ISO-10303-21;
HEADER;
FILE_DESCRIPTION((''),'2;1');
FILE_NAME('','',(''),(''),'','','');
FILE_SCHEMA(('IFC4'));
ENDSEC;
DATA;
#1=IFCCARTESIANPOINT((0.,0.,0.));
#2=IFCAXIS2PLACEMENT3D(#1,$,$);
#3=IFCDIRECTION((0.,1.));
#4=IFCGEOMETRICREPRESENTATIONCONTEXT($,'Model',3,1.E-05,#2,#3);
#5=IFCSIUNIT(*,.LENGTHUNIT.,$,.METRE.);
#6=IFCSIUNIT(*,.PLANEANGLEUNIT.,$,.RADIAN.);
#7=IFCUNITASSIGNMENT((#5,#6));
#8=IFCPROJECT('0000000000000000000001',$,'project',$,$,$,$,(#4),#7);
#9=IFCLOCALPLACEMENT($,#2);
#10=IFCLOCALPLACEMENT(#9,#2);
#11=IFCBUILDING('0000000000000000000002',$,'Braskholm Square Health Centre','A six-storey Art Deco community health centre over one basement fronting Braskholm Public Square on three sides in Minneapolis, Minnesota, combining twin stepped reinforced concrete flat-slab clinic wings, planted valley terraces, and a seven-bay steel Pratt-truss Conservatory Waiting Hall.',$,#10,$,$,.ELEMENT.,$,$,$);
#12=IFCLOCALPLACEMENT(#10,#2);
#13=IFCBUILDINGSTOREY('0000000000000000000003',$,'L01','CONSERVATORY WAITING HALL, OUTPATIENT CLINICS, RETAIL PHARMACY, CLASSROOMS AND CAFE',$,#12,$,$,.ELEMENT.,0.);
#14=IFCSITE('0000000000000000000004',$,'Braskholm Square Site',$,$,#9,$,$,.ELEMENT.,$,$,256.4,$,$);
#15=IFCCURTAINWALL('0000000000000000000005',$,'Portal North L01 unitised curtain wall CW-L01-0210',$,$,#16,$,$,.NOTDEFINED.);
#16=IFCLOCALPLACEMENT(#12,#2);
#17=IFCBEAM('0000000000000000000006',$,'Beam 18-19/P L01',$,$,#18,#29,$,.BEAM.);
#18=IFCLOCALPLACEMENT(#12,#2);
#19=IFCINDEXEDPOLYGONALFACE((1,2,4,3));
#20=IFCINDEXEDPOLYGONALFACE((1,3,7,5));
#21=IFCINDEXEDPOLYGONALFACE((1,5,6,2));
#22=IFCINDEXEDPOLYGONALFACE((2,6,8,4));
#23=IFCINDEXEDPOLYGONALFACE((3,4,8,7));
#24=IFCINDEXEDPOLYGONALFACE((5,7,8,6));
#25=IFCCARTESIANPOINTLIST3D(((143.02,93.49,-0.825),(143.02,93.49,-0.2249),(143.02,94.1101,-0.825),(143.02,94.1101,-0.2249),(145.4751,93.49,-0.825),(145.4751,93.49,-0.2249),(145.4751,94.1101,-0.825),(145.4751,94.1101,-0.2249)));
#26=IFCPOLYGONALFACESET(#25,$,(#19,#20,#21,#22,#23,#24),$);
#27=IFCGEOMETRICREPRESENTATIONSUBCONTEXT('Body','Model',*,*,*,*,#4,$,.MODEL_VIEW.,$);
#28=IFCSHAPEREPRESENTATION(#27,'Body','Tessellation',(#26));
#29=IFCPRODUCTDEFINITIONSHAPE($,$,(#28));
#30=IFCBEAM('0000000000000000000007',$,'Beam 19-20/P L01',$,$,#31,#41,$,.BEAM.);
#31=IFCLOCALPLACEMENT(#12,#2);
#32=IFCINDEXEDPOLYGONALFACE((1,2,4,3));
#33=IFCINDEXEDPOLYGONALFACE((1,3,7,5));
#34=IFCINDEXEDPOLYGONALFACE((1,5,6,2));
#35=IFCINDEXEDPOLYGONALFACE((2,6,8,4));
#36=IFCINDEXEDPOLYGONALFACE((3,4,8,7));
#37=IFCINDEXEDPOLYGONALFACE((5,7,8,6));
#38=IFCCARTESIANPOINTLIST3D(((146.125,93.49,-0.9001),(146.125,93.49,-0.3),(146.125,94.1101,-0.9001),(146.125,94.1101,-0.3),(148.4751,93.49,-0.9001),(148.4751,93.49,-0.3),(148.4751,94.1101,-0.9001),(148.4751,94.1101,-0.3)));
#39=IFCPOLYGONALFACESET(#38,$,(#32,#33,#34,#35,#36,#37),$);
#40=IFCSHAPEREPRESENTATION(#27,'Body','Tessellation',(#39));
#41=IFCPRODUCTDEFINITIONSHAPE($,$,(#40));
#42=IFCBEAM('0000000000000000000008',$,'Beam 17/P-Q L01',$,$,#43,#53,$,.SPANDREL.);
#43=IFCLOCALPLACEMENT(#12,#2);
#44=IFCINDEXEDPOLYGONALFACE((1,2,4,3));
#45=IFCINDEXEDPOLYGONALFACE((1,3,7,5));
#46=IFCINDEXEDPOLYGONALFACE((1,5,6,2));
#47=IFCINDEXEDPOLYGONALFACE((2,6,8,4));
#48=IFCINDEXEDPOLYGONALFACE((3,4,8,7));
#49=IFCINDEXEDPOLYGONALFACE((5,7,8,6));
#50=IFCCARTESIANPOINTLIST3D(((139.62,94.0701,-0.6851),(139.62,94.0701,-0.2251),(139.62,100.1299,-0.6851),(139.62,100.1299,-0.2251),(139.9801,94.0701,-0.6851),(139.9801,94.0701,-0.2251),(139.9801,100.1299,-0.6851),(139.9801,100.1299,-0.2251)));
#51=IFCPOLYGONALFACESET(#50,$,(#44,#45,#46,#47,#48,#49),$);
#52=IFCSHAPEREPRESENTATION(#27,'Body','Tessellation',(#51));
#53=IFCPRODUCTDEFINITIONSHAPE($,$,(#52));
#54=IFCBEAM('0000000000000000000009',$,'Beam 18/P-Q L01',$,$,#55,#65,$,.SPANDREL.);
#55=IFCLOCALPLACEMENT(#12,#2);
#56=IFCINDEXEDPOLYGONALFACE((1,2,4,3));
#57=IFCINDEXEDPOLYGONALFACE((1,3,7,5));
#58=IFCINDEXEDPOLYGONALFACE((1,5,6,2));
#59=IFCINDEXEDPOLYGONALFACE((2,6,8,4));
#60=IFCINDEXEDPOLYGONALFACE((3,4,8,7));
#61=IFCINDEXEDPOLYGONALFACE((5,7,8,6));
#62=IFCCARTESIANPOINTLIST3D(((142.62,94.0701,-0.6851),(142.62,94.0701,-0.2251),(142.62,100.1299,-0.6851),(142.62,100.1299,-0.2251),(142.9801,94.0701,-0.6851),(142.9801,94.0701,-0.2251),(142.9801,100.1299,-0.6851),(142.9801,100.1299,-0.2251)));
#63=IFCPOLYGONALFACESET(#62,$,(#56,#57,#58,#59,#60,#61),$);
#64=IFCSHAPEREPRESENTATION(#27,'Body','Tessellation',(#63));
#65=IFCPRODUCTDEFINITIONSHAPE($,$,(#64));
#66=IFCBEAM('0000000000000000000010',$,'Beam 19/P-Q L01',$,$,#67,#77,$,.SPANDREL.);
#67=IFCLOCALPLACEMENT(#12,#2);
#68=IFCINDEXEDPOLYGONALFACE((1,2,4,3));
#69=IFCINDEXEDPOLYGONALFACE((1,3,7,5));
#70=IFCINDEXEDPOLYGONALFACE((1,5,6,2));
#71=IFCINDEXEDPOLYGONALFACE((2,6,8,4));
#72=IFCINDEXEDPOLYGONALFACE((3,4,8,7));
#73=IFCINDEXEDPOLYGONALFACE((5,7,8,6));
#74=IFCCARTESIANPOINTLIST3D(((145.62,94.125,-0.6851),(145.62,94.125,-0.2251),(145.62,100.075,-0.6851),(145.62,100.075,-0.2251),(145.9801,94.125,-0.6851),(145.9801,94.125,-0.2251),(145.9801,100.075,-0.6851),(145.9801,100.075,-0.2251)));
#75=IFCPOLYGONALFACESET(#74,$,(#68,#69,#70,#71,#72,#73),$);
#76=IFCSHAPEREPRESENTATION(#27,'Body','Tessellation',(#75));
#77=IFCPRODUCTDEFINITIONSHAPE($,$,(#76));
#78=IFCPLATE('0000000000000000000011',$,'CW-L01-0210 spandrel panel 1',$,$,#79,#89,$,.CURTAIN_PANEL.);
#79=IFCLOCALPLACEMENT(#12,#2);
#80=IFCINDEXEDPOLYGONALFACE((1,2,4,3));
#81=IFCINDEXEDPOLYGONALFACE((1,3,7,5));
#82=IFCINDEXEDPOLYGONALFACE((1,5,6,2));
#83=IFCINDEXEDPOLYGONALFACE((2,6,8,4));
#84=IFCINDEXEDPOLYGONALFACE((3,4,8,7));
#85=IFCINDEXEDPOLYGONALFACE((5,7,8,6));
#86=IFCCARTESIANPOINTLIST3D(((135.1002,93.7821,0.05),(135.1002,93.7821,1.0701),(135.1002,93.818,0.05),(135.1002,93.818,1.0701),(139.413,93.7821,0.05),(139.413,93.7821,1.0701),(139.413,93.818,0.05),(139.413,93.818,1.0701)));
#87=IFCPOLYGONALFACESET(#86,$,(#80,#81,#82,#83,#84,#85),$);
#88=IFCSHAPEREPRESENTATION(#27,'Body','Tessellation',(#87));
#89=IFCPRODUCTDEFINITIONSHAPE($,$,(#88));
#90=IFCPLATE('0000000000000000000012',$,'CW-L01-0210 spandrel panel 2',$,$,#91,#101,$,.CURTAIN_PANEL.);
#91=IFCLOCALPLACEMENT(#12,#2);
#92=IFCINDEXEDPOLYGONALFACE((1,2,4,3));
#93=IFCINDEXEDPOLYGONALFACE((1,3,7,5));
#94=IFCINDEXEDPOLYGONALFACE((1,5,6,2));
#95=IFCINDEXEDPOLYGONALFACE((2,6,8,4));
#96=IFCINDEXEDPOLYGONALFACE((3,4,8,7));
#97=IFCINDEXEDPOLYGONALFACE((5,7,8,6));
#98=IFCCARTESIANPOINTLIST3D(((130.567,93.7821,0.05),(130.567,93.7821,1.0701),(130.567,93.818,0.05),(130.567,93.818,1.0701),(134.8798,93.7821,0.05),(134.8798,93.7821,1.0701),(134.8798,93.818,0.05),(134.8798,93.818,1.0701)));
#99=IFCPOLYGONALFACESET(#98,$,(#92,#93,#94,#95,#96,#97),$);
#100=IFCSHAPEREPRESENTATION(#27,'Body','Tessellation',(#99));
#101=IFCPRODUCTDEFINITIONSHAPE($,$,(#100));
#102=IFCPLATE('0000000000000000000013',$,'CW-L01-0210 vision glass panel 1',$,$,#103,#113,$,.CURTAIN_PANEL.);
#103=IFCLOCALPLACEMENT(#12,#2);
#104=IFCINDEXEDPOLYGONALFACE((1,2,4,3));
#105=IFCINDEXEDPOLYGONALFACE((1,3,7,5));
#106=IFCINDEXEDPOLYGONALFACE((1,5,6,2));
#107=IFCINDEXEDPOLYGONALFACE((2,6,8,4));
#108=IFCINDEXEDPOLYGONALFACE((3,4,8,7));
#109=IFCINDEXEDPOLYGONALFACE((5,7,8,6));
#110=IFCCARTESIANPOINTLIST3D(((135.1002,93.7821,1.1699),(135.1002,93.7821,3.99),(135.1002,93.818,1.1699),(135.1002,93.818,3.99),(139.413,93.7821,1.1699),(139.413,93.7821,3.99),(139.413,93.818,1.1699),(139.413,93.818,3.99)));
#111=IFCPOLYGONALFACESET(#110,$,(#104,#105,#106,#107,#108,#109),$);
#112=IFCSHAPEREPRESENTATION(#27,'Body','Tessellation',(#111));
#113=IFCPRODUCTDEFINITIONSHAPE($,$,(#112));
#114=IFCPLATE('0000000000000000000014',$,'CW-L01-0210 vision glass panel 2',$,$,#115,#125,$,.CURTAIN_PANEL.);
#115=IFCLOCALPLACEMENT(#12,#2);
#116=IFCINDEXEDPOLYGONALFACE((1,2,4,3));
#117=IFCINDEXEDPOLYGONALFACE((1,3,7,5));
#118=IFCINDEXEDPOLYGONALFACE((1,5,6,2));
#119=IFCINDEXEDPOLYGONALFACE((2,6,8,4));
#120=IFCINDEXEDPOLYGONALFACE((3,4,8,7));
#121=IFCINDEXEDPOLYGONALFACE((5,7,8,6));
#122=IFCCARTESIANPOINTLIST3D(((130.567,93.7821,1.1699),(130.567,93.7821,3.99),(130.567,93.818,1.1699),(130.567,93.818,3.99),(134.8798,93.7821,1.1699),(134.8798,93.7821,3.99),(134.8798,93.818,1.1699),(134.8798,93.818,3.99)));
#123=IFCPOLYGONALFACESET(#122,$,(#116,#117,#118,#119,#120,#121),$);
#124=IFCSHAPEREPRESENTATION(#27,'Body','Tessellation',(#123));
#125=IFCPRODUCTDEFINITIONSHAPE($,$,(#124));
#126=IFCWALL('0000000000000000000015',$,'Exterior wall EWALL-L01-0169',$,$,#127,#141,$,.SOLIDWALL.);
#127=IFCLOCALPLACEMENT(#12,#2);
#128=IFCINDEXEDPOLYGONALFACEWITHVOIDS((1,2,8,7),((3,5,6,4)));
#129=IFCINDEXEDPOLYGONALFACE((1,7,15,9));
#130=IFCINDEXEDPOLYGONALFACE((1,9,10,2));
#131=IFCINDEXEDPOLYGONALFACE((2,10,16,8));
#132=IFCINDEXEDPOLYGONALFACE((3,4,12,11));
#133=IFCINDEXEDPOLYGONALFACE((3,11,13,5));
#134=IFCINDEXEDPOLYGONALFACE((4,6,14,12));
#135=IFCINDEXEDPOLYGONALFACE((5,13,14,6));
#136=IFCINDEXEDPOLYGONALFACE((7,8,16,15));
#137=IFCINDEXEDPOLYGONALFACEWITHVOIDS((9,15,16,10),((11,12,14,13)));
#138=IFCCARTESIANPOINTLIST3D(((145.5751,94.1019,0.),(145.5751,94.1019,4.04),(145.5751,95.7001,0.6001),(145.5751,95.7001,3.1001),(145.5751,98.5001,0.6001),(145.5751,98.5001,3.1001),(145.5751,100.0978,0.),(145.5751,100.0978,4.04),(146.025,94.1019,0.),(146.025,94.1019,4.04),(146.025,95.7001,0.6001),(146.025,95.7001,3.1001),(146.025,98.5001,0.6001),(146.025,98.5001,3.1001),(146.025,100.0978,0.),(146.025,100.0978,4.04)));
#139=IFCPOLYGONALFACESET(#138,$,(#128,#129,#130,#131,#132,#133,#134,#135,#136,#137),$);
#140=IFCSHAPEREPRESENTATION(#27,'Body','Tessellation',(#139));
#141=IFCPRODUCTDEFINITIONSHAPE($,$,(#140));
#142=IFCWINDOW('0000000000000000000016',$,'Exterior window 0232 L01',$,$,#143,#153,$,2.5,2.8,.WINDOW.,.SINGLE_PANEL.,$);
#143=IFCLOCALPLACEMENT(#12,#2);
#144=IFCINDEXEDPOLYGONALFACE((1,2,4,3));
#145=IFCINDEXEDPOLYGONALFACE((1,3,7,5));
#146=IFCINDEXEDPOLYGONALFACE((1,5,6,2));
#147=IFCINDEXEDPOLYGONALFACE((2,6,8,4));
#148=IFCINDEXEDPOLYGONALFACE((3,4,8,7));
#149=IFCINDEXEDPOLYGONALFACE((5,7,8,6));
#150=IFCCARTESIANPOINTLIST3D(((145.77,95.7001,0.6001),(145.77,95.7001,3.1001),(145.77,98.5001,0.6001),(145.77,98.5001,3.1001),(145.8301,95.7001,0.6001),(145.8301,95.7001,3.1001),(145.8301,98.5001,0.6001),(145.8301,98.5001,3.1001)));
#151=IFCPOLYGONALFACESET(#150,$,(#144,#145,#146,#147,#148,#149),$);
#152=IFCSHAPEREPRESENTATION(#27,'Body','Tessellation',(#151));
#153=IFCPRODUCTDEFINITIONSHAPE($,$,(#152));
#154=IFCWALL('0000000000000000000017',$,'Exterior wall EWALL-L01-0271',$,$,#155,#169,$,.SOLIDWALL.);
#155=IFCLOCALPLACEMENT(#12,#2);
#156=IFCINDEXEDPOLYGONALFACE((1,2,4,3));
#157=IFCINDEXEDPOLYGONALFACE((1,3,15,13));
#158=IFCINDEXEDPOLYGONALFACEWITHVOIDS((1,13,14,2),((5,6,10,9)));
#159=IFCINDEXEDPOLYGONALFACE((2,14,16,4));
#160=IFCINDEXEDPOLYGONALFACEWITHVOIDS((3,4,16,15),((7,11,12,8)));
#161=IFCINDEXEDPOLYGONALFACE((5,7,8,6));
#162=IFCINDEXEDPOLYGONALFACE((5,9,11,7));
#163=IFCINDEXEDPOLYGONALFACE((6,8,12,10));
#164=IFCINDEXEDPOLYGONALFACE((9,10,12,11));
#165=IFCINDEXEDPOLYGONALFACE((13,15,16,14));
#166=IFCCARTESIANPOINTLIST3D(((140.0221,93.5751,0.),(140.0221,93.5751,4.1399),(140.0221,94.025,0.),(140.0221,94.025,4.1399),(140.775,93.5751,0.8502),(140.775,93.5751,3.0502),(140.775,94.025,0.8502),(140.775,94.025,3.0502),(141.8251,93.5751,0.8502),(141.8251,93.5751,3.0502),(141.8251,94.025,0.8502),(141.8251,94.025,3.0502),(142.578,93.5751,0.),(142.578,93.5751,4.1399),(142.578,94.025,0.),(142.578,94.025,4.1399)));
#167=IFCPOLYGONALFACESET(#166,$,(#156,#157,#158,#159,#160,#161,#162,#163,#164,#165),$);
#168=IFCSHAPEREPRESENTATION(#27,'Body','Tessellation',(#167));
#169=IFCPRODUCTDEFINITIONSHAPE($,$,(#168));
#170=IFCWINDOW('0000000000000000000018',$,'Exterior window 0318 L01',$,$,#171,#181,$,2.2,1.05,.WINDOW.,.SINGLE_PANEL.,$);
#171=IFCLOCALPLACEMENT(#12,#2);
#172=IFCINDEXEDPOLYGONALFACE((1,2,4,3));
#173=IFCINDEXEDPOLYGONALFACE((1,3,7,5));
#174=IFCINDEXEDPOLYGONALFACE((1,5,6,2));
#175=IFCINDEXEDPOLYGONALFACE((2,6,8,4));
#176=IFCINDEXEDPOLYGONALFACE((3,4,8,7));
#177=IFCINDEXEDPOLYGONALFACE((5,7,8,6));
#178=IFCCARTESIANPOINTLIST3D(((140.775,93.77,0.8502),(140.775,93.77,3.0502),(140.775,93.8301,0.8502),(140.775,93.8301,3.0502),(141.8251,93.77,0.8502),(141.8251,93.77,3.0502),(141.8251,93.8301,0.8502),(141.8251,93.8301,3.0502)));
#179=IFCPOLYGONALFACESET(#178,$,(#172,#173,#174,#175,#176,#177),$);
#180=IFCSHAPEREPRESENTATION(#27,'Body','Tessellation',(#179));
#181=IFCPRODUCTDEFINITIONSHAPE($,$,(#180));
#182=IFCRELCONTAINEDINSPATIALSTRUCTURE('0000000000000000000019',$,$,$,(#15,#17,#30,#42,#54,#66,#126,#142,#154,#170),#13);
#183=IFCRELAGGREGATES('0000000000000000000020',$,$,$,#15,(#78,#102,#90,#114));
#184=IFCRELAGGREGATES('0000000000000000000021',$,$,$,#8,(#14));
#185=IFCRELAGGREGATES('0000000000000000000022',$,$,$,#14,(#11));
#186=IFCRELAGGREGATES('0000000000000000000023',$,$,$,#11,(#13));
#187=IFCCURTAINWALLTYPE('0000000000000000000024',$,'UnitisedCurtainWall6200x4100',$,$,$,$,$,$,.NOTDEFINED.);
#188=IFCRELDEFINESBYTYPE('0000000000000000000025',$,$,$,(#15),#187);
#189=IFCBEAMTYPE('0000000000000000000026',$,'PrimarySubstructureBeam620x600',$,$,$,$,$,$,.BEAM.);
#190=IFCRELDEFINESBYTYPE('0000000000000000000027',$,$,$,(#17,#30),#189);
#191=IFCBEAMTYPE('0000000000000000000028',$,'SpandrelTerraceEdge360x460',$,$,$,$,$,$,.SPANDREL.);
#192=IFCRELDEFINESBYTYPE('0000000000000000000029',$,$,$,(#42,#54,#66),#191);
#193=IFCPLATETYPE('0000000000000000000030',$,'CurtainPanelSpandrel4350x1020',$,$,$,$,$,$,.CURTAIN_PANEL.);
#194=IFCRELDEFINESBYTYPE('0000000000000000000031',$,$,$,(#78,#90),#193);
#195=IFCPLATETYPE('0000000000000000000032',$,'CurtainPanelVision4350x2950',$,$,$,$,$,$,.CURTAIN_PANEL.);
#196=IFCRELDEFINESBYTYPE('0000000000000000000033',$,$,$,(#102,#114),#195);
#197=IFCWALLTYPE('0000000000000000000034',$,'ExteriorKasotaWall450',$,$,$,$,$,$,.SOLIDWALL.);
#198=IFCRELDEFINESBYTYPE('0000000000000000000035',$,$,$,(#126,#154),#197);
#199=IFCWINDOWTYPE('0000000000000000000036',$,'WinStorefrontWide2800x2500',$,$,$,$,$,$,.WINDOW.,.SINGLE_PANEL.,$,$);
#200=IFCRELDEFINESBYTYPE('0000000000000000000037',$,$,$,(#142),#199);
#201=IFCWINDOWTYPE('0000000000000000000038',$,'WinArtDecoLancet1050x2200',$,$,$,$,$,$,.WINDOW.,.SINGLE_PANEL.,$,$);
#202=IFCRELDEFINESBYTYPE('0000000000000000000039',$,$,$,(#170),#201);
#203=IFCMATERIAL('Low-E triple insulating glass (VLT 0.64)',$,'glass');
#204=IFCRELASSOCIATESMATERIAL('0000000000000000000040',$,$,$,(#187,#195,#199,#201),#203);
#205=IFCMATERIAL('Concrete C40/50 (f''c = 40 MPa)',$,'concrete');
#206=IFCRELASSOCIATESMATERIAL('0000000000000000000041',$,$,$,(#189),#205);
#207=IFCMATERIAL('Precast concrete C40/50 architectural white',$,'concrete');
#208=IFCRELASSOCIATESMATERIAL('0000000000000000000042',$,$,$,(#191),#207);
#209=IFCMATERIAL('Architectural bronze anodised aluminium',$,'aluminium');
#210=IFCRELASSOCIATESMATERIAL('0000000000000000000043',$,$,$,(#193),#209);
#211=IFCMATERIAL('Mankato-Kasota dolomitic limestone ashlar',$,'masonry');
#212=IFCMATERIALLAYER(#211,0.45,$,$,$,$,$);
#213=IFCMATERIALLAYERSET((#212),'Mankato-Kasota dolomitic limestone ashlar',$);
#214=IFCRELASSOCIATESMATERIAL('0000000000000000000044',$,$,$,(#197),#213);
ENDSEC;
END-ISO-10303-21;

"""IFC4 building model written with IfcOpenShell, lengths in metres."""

from ifc_helpers import new_model, si_unit, direction, frame, frame_2d, origin, origin_with_axes, origin_2d, place, context, subcontext, project, spatial, rectangle, extrude, material, layer, layer_set, material_profile, profile_set, type_object, element, fill, aggregate, save


model = new_model("IFC4")

# Units and contexts
model_context = context("Model", 3, precision=1e-05, world=origin(), true_north=direction((0.0, 1.0)))
body_context = subcontext(model_context, "Body", "Model", "MODEL_VIEW")
ifc_project = project(units=[si_unit("LENGTHUNIT", "METRE"), si_unit("PLANEANGLEUNIT", "RADIAN")], contexts=[model_context])

# Site, building, storey
site_placement = place(None, origin())
site = spatial("IfcSite", under=ifc_project, at=site_placement, Name="Braskholm Square Site", CompositionType="ELEMENT", RefElevation=256.4)
building_placement = place(site_placement, origin())
building = spatial("IfcBuilding", under=site, at=building_placement, Name="Braskholm Square Health Centre", Description="A six-storey Art Deco community health centre over one basement fronting Braskholm Public Square on three sides in Minneapolis, Minnesota, combining twin stepped reinforced concrete flat-slab clinic wings, planted valley terraces, and a seven-bay steel Pratt-truss Conservatory Waiting Hall.", CompositionType="ELEMENT")
storey_placement = place(building_placement, origin())
storey = spatial("IfcBuildingStorey", under=building, at=storey_placement, Name="L01", Description="CONSERVATORY WAITING HALL, OUTPATIENT CLINICS, RETAIL PHARMACY, CLASSROOMS AND CAFE", CompositionType="ELEMENT", Elevation=0.0)

# Shared definitions
ifc_material_1 = material(Name="Concrete C40/50 (f'c = 40 MPa)", Category="concrete")
ifc_material_2 = material(Name="Precast concrete C40/50 architectural white", Category="concrete")

# Curtain wall
ifc_material_3 = material(Name="Low-E triple insulating glass (VLT 0.64)", Category="glass")
curtain_wall_type = type_object("IfcCurtainWallType", Name="UnitisedCurtainWall6200x4100", PredefinedType="NOTDEFINED", material=ifc_material_3)
curtain_wall_1_placement = place(storey_placement, origin())
curtain_wall_1 = element("IfcCurtainWall", 1, at=curtain_wall_1_placement, inside=storey, type_object=curtain_wall_type, Name="Portal North L01 unitised curtain wall CW-L01-0210", PredefinedType="NOTDEFINED")
ifc_material_4 = material(Name="Architectural bronze anodised aluminium", Category="aluminium")

# Beams
ifc_material_profile_1 = material_profile(ifc_material_1, rectangle(XDim=0.6201, YDim=0.6001, at=origin_2d()), Name="RCB-620X600")
ifc_profile_set_1 = profile_set([ifc_material_profile_1], Name="Concrete C40/50 (f'c = 40 MPa)")
beam_type_1 = type_object("IfcBeamType", Name="PrimarySubstructureBeam620x600", PredefinedType="BEAM", material=ifc_profile_set_1)
beam_1_placement = place(storey_placement, frame((143.02, 93.8, -0.5249), z_axis=(1.0, 0.0, 0.0), x_axis=(0.0, 1.0, 0.0)))
element("IfcBeam", 2, at=beam_1_placement, inside=storey, type_object=beam_type_1, Name="Beam 18-19/P L01", PredefinedType="BEAM", context=body_context, shape_type="SweptSolid", body=[
    extrude(rectangle(XDim=0.6201, YDim=0.6001, at=origin_2d()), origin(), (0.0, 0.0, 1.0), 2.4551),
])
beam_2_placement = place(storey_placement, frame((146.125, 93.8, -0.6001), z_axis=(1.0, 0.0, 0.0), x_axis=(0.0, 1.0, 0.0)))
element("IfcBeam", 3, at=beam_2_placement, inside=storey, type_object=beam_type_1, Name="Beam 19-20/P L01", PredefinedType="BEAM", context=body_context, shape_type="SweptSolid", body=[
    extrude(rectangle(XDim=0.6201, YDim=0.6001, at=origin_2d()), origin(), (0.0, 0.0, 1.0), 2.3501),
])
ifc_material_profile_2 = material_profile(ifc_material_2, rectangle(XDim=0.3601, YDim=0.46, at=origin_2d()), Name="RCB-360X460")
ifc_profile_set_2 = profile_set([ifc_material_profile_2], Name="Precast concrete C40/50 architectural white")
beam_type_2 = type_object("IfcBeamType", Name="SpandrelTerraceEdge360x460", PredefinedType="SPANDREL", material=ifc_profile_set_2)
for number, where, z_axis, x_axis, name in (
    (4, (139.8, 94.0701, -0.4551), (0.0, 1.0, 0.0), (-1.0, 0.0, 0.0), "Beam 17/P-Q L01"),
    (5, (142.8, 94.0701, -0.4551), (0.0, 1.0, 0.0), (-1.0, 0.0, 0.0), "Beam 18/P-Q L01"),
):
    element("IfcBeam", number, at=place(storey_placement, frame(where, z_axis=z_axis, x_axis=x_axis)), inside=storey, type_object=beam_type_2, Name=name, PredefinedType="SPANDREL", context=body_context, shape_type="SweptSolid", body=[
        extrude(rectangle(XDim=0.3601, YDim=0.46, at=origin_2d()), origin(), (0.0, 0.0, 1.0), 6.0598),
    ])
beam_3_placement = place(storey_placement, frame((145.8, 94.125, -0.4551), z_axis=(0.0, 1.0, 0.0), x_axis=(-1.0, 0.0, 0.0)))
element("IfcBeam", 6, at=beam_3_placement, inside=storey, type_object=beam_type_2, Name="Beam 19/P-Q L01", PredefinedType="SPANDREL", context=body_context, shape_type="SweptSolid", body=[
    extrude(rectangle(XDim=0.3601, YDim=0.46, at=origin_2d()), origin(), (0.0, 0.0, 1.0), 5.95),
])

# Plates
plate_type_1 = type_object("IfcPlateType", Name="CurtainPanelSpandrel4350x1020", PredefinedType="CURTAIN_PANEL", material=ifc_material_4)
plate_1_placement = place(storey_placement, frame((137.2566, 93.8, 0.05), z_axis=(0.0, 0.0, 1.0), x_axis=(-1.0, 0.0, 0.0)))
plate_1 = element("IfcPlate", 7, at=plate_1_placement, type_object=plate_type_1, Name="CW-L01-0210 spandrel panel 1", PredefinedType="CURTAIN_PANEL", context=body_context, shape_type="SweptSolid", body=[
    extrude(rectangle(XDim=4.3127, YDim=0.0359, at=origin_2d()), origin(), (0.0, 0.0, 1.0), 1.02),
])
plate_2_placement = place(storey_placement, frame((132.7234, 93.8, 0.05), z_axis=(0.0, 0.0, 1.0), x_axis=(-1.0, 0.0, 0.0)))
plate_2 = element("IfcPlate", 8, at=plate_2_placement, type_object=plate_type_1, Name="CW-L01-0210 spandrel panel 2", PredefinedType="CURTAIN_PANEL", context=body_context, shape_type="SweptSolid", body=[
    extrude(rectangle(XDim=4.3127, YDim=0.0359, at=origin_2d()), origin(), (0.0, 0.0, 1.0), 1.02),
])
plate_type_2 = type_object("IfcPlateType", Name="CurtainPanelVision4350x2950", PredefinedType="CURTAIN_PANEL", material=ifc_material_3)
plate_3_placement = place(storey_placement, frame((137.2566, 93.8, 1.1699), z_axis=(0.0, 0.0, 1.0), x_axis=(-1.0, 0.0, 0.0)))
plate_3 = element("IfcPlate", 9, at=plate_3_placement, type_object=plate_type_2, Name="CW-L01-0210 vision glass panel 1", PredefinedType="CURTAIN_PANEL", context=body_context, shape_type="SweptSolid", body=[
    extrude(rectangle(XDim=4.3127, YDim=0.0359, at=origin_2d()), origin(), (0.0, 0.0, 1.0), 2.8201),
])
plate_4_placement = place(storey_placement, frame((132.7234, 93.8, 1.1699), z_axis=(0.0, 0.0, 1.0), x_axis=(-1.0, 0.0, 0.0)))
plate_4 = element("IfcPlate", 10, at=plate_4_placement, type_object=plate_type_2, Name="CW-L01-0210 vision glass panel 2", PredefinedType="CURTAIN_PANEL", context=body_context, shape_type="SweptSolid", body=[
    extrude(rectangle(XDim=4.3127, YDim=0.0359, at=origin_2d()), origin(), (0.0, 0.0, 1.0), 2.8201),
])
aggregate(curtain_wall_1, [plate_1, plate_3, plate_2, plate_4])

# Walls, openings, windows
ifc_material_5 = material(Name="Mankato-Kasota dolomitic limestone ashlar", Category="masonry")
ifc_layer_1 = layer(ifc_material_5, 0.45)
ifc_layer_set_1 = layer_set([ifc_layer_1], Name="Mankato-Kasota dolomitic limestone ashlar")
wall_type_1 = type_object("IfcWallType", Name="ExteriorKasotaWall450", PredefinedType="SOLIDWALL", material=ifc_layer_set_1)
wall_1_placement = place(storey_placement, frame((145.8, 100.0979, 0.0), z_axis=(0.0, 0.0, 1.0), x_axis=(0.0, -1.0, 0.0)))
wall_1 = element("IfcWall", 11, at=wall_1_placement, inside=storey, type_object=wall_type_1, Name="Exterior wall EWALL-L01-0169", PredefinedType="SOLIDWALL", context=body_context, shape_type="SweptSolid", body=[
    extrude(rectangle(XDim=5.9958, YDim=0.45, at=frame_2d((2.998, 0.0))), origin(), (0.0, 0.0, 1.0), 4.04),
])
opening_1_placement = place(wall_1_placement, frame((1.5979, 0.0, 0.6001)))
opening_1 = element("IfcOpeningElement", 12, at=opening_1_placement, cuts=wall_1, PredefinedType="OPENING", context=body_context, shape_type="SweptSolid", body=[
    extrude(rectangle(XDim=2.8, YDim=2.5, at=frame_2d((1.3999, 1.25))), frame((0.0, 0.2349, 0.0), z_axis=(0.0, -1.0, 0.0), x_axis=(1.0, 0.0, 0.0)), (0.0, 0.0, 1.0), 0.47),
])
window_type_1 = type_object("IfcWindowType", Name="WinStorefrontWide2800x2500", PartitioningType="SINGLE_PANEL", PredefinedType="WINDOW", material=ifc_material_3)
window_1_placement = place(opening_1_placement, origin_with_axes())
window_1 = element("IfcWindow", 13, at=window_1_placement, inside=storey, type_object=window_type_1, Name="Exterior window 0232 L01", OverallHeight=2.5, OverallWidth=2.8, PartitioningType="SINGLE_PANEL", PredefinedType="WINDOW", context=body_context, shape_type="SweptSolid", body=[
    extrude(rectangle(XDim=2.8, YDim=2.5, at=frame_2d((1.3999, 1.25))), frame((0.0, 0.03, 0.0), z_axis=(0.0, -1.0, 0.0), x_axis=(1.0, 0.0, 0.0)), (0.0, 0.0, 1.0), 0.0601),
])
fill(opening_1, window_1)
wall_2_placement = place(storey_placement, frame((142.5779, 93.8, 0.0), z_axis=(0.0, 0.0, 1.0), x_axis=(-1.0, 0.0, 0.0)))
wall_2 = element("IfcWall", 14, at=wall_2_placement, inside=storey, type_object=wall_type_1, Name="Exterior wall EWALL-L01-0271", PredefinedType="SOLIDWALL", context=body_context, shape_type="SweptSolid", body=[
    extrude(rectangle(XDim=2.5559, YDim=0.45, at=frame_2d((1.2778, 0.0))), origin(), (0.0, 0.0, 1.0), 4.1399),
])
opening_2_placement = place(wall_2_placement, frame((0.7529, 0.0, 0.8501)))
opening_2 = element("IfcOpeningElement", 15, at=opening_2_placement, cuts=wall_2, PredefinedType="OPENING", context=body_context, shape_type="SweptSolid", body=[
    extrude(rectangle(XDim=1.05, YDim=2.2, at=frame_2d((0.5249, 1.1001))), frame((0.0, 0.2349, 0.0), z_axis=(0.0, -1.0, 0.0), x_axis=(1.0, 0.0, 0.0)), (0.0, 0.0, 1.0), 0.47),
])
window_type_2 = type_object("IfcWindowType", Name="WinArtDecoLancet1050x2200", PartitioningType="SINGLE_PANEL", PredefinedType="WINDOW", material=ifc_material_3)
window_2_placement = place(opening_2_placement, origin_with_axes())
window_2 = element("IfcWindow", 16, at=window_2_placement, inside=storey, type_object=window_type_2, Name="Exterior window 0318 L01", OverallHeight=2.2, OverallWidth=1.05, PartitioningType="SINGLE_PANEL", PredefinedType="WINDOW", context=body_context, shape_type="SweptSolid", body=[
    extrude(rectangle(XDim=1.05, YDim=2.2, at=frame_2d((0.5249, 1.1001))), frame((0.0, 0.03, 0.0), z_axis=(0.0, -1.0, 0.0), x_axis=(1.0, 0.0, 0.0)), (0.0, 0.0, 1.0), 0.0601),
])
fill(opening_2, window_2)

save(model, "model.ifc")
